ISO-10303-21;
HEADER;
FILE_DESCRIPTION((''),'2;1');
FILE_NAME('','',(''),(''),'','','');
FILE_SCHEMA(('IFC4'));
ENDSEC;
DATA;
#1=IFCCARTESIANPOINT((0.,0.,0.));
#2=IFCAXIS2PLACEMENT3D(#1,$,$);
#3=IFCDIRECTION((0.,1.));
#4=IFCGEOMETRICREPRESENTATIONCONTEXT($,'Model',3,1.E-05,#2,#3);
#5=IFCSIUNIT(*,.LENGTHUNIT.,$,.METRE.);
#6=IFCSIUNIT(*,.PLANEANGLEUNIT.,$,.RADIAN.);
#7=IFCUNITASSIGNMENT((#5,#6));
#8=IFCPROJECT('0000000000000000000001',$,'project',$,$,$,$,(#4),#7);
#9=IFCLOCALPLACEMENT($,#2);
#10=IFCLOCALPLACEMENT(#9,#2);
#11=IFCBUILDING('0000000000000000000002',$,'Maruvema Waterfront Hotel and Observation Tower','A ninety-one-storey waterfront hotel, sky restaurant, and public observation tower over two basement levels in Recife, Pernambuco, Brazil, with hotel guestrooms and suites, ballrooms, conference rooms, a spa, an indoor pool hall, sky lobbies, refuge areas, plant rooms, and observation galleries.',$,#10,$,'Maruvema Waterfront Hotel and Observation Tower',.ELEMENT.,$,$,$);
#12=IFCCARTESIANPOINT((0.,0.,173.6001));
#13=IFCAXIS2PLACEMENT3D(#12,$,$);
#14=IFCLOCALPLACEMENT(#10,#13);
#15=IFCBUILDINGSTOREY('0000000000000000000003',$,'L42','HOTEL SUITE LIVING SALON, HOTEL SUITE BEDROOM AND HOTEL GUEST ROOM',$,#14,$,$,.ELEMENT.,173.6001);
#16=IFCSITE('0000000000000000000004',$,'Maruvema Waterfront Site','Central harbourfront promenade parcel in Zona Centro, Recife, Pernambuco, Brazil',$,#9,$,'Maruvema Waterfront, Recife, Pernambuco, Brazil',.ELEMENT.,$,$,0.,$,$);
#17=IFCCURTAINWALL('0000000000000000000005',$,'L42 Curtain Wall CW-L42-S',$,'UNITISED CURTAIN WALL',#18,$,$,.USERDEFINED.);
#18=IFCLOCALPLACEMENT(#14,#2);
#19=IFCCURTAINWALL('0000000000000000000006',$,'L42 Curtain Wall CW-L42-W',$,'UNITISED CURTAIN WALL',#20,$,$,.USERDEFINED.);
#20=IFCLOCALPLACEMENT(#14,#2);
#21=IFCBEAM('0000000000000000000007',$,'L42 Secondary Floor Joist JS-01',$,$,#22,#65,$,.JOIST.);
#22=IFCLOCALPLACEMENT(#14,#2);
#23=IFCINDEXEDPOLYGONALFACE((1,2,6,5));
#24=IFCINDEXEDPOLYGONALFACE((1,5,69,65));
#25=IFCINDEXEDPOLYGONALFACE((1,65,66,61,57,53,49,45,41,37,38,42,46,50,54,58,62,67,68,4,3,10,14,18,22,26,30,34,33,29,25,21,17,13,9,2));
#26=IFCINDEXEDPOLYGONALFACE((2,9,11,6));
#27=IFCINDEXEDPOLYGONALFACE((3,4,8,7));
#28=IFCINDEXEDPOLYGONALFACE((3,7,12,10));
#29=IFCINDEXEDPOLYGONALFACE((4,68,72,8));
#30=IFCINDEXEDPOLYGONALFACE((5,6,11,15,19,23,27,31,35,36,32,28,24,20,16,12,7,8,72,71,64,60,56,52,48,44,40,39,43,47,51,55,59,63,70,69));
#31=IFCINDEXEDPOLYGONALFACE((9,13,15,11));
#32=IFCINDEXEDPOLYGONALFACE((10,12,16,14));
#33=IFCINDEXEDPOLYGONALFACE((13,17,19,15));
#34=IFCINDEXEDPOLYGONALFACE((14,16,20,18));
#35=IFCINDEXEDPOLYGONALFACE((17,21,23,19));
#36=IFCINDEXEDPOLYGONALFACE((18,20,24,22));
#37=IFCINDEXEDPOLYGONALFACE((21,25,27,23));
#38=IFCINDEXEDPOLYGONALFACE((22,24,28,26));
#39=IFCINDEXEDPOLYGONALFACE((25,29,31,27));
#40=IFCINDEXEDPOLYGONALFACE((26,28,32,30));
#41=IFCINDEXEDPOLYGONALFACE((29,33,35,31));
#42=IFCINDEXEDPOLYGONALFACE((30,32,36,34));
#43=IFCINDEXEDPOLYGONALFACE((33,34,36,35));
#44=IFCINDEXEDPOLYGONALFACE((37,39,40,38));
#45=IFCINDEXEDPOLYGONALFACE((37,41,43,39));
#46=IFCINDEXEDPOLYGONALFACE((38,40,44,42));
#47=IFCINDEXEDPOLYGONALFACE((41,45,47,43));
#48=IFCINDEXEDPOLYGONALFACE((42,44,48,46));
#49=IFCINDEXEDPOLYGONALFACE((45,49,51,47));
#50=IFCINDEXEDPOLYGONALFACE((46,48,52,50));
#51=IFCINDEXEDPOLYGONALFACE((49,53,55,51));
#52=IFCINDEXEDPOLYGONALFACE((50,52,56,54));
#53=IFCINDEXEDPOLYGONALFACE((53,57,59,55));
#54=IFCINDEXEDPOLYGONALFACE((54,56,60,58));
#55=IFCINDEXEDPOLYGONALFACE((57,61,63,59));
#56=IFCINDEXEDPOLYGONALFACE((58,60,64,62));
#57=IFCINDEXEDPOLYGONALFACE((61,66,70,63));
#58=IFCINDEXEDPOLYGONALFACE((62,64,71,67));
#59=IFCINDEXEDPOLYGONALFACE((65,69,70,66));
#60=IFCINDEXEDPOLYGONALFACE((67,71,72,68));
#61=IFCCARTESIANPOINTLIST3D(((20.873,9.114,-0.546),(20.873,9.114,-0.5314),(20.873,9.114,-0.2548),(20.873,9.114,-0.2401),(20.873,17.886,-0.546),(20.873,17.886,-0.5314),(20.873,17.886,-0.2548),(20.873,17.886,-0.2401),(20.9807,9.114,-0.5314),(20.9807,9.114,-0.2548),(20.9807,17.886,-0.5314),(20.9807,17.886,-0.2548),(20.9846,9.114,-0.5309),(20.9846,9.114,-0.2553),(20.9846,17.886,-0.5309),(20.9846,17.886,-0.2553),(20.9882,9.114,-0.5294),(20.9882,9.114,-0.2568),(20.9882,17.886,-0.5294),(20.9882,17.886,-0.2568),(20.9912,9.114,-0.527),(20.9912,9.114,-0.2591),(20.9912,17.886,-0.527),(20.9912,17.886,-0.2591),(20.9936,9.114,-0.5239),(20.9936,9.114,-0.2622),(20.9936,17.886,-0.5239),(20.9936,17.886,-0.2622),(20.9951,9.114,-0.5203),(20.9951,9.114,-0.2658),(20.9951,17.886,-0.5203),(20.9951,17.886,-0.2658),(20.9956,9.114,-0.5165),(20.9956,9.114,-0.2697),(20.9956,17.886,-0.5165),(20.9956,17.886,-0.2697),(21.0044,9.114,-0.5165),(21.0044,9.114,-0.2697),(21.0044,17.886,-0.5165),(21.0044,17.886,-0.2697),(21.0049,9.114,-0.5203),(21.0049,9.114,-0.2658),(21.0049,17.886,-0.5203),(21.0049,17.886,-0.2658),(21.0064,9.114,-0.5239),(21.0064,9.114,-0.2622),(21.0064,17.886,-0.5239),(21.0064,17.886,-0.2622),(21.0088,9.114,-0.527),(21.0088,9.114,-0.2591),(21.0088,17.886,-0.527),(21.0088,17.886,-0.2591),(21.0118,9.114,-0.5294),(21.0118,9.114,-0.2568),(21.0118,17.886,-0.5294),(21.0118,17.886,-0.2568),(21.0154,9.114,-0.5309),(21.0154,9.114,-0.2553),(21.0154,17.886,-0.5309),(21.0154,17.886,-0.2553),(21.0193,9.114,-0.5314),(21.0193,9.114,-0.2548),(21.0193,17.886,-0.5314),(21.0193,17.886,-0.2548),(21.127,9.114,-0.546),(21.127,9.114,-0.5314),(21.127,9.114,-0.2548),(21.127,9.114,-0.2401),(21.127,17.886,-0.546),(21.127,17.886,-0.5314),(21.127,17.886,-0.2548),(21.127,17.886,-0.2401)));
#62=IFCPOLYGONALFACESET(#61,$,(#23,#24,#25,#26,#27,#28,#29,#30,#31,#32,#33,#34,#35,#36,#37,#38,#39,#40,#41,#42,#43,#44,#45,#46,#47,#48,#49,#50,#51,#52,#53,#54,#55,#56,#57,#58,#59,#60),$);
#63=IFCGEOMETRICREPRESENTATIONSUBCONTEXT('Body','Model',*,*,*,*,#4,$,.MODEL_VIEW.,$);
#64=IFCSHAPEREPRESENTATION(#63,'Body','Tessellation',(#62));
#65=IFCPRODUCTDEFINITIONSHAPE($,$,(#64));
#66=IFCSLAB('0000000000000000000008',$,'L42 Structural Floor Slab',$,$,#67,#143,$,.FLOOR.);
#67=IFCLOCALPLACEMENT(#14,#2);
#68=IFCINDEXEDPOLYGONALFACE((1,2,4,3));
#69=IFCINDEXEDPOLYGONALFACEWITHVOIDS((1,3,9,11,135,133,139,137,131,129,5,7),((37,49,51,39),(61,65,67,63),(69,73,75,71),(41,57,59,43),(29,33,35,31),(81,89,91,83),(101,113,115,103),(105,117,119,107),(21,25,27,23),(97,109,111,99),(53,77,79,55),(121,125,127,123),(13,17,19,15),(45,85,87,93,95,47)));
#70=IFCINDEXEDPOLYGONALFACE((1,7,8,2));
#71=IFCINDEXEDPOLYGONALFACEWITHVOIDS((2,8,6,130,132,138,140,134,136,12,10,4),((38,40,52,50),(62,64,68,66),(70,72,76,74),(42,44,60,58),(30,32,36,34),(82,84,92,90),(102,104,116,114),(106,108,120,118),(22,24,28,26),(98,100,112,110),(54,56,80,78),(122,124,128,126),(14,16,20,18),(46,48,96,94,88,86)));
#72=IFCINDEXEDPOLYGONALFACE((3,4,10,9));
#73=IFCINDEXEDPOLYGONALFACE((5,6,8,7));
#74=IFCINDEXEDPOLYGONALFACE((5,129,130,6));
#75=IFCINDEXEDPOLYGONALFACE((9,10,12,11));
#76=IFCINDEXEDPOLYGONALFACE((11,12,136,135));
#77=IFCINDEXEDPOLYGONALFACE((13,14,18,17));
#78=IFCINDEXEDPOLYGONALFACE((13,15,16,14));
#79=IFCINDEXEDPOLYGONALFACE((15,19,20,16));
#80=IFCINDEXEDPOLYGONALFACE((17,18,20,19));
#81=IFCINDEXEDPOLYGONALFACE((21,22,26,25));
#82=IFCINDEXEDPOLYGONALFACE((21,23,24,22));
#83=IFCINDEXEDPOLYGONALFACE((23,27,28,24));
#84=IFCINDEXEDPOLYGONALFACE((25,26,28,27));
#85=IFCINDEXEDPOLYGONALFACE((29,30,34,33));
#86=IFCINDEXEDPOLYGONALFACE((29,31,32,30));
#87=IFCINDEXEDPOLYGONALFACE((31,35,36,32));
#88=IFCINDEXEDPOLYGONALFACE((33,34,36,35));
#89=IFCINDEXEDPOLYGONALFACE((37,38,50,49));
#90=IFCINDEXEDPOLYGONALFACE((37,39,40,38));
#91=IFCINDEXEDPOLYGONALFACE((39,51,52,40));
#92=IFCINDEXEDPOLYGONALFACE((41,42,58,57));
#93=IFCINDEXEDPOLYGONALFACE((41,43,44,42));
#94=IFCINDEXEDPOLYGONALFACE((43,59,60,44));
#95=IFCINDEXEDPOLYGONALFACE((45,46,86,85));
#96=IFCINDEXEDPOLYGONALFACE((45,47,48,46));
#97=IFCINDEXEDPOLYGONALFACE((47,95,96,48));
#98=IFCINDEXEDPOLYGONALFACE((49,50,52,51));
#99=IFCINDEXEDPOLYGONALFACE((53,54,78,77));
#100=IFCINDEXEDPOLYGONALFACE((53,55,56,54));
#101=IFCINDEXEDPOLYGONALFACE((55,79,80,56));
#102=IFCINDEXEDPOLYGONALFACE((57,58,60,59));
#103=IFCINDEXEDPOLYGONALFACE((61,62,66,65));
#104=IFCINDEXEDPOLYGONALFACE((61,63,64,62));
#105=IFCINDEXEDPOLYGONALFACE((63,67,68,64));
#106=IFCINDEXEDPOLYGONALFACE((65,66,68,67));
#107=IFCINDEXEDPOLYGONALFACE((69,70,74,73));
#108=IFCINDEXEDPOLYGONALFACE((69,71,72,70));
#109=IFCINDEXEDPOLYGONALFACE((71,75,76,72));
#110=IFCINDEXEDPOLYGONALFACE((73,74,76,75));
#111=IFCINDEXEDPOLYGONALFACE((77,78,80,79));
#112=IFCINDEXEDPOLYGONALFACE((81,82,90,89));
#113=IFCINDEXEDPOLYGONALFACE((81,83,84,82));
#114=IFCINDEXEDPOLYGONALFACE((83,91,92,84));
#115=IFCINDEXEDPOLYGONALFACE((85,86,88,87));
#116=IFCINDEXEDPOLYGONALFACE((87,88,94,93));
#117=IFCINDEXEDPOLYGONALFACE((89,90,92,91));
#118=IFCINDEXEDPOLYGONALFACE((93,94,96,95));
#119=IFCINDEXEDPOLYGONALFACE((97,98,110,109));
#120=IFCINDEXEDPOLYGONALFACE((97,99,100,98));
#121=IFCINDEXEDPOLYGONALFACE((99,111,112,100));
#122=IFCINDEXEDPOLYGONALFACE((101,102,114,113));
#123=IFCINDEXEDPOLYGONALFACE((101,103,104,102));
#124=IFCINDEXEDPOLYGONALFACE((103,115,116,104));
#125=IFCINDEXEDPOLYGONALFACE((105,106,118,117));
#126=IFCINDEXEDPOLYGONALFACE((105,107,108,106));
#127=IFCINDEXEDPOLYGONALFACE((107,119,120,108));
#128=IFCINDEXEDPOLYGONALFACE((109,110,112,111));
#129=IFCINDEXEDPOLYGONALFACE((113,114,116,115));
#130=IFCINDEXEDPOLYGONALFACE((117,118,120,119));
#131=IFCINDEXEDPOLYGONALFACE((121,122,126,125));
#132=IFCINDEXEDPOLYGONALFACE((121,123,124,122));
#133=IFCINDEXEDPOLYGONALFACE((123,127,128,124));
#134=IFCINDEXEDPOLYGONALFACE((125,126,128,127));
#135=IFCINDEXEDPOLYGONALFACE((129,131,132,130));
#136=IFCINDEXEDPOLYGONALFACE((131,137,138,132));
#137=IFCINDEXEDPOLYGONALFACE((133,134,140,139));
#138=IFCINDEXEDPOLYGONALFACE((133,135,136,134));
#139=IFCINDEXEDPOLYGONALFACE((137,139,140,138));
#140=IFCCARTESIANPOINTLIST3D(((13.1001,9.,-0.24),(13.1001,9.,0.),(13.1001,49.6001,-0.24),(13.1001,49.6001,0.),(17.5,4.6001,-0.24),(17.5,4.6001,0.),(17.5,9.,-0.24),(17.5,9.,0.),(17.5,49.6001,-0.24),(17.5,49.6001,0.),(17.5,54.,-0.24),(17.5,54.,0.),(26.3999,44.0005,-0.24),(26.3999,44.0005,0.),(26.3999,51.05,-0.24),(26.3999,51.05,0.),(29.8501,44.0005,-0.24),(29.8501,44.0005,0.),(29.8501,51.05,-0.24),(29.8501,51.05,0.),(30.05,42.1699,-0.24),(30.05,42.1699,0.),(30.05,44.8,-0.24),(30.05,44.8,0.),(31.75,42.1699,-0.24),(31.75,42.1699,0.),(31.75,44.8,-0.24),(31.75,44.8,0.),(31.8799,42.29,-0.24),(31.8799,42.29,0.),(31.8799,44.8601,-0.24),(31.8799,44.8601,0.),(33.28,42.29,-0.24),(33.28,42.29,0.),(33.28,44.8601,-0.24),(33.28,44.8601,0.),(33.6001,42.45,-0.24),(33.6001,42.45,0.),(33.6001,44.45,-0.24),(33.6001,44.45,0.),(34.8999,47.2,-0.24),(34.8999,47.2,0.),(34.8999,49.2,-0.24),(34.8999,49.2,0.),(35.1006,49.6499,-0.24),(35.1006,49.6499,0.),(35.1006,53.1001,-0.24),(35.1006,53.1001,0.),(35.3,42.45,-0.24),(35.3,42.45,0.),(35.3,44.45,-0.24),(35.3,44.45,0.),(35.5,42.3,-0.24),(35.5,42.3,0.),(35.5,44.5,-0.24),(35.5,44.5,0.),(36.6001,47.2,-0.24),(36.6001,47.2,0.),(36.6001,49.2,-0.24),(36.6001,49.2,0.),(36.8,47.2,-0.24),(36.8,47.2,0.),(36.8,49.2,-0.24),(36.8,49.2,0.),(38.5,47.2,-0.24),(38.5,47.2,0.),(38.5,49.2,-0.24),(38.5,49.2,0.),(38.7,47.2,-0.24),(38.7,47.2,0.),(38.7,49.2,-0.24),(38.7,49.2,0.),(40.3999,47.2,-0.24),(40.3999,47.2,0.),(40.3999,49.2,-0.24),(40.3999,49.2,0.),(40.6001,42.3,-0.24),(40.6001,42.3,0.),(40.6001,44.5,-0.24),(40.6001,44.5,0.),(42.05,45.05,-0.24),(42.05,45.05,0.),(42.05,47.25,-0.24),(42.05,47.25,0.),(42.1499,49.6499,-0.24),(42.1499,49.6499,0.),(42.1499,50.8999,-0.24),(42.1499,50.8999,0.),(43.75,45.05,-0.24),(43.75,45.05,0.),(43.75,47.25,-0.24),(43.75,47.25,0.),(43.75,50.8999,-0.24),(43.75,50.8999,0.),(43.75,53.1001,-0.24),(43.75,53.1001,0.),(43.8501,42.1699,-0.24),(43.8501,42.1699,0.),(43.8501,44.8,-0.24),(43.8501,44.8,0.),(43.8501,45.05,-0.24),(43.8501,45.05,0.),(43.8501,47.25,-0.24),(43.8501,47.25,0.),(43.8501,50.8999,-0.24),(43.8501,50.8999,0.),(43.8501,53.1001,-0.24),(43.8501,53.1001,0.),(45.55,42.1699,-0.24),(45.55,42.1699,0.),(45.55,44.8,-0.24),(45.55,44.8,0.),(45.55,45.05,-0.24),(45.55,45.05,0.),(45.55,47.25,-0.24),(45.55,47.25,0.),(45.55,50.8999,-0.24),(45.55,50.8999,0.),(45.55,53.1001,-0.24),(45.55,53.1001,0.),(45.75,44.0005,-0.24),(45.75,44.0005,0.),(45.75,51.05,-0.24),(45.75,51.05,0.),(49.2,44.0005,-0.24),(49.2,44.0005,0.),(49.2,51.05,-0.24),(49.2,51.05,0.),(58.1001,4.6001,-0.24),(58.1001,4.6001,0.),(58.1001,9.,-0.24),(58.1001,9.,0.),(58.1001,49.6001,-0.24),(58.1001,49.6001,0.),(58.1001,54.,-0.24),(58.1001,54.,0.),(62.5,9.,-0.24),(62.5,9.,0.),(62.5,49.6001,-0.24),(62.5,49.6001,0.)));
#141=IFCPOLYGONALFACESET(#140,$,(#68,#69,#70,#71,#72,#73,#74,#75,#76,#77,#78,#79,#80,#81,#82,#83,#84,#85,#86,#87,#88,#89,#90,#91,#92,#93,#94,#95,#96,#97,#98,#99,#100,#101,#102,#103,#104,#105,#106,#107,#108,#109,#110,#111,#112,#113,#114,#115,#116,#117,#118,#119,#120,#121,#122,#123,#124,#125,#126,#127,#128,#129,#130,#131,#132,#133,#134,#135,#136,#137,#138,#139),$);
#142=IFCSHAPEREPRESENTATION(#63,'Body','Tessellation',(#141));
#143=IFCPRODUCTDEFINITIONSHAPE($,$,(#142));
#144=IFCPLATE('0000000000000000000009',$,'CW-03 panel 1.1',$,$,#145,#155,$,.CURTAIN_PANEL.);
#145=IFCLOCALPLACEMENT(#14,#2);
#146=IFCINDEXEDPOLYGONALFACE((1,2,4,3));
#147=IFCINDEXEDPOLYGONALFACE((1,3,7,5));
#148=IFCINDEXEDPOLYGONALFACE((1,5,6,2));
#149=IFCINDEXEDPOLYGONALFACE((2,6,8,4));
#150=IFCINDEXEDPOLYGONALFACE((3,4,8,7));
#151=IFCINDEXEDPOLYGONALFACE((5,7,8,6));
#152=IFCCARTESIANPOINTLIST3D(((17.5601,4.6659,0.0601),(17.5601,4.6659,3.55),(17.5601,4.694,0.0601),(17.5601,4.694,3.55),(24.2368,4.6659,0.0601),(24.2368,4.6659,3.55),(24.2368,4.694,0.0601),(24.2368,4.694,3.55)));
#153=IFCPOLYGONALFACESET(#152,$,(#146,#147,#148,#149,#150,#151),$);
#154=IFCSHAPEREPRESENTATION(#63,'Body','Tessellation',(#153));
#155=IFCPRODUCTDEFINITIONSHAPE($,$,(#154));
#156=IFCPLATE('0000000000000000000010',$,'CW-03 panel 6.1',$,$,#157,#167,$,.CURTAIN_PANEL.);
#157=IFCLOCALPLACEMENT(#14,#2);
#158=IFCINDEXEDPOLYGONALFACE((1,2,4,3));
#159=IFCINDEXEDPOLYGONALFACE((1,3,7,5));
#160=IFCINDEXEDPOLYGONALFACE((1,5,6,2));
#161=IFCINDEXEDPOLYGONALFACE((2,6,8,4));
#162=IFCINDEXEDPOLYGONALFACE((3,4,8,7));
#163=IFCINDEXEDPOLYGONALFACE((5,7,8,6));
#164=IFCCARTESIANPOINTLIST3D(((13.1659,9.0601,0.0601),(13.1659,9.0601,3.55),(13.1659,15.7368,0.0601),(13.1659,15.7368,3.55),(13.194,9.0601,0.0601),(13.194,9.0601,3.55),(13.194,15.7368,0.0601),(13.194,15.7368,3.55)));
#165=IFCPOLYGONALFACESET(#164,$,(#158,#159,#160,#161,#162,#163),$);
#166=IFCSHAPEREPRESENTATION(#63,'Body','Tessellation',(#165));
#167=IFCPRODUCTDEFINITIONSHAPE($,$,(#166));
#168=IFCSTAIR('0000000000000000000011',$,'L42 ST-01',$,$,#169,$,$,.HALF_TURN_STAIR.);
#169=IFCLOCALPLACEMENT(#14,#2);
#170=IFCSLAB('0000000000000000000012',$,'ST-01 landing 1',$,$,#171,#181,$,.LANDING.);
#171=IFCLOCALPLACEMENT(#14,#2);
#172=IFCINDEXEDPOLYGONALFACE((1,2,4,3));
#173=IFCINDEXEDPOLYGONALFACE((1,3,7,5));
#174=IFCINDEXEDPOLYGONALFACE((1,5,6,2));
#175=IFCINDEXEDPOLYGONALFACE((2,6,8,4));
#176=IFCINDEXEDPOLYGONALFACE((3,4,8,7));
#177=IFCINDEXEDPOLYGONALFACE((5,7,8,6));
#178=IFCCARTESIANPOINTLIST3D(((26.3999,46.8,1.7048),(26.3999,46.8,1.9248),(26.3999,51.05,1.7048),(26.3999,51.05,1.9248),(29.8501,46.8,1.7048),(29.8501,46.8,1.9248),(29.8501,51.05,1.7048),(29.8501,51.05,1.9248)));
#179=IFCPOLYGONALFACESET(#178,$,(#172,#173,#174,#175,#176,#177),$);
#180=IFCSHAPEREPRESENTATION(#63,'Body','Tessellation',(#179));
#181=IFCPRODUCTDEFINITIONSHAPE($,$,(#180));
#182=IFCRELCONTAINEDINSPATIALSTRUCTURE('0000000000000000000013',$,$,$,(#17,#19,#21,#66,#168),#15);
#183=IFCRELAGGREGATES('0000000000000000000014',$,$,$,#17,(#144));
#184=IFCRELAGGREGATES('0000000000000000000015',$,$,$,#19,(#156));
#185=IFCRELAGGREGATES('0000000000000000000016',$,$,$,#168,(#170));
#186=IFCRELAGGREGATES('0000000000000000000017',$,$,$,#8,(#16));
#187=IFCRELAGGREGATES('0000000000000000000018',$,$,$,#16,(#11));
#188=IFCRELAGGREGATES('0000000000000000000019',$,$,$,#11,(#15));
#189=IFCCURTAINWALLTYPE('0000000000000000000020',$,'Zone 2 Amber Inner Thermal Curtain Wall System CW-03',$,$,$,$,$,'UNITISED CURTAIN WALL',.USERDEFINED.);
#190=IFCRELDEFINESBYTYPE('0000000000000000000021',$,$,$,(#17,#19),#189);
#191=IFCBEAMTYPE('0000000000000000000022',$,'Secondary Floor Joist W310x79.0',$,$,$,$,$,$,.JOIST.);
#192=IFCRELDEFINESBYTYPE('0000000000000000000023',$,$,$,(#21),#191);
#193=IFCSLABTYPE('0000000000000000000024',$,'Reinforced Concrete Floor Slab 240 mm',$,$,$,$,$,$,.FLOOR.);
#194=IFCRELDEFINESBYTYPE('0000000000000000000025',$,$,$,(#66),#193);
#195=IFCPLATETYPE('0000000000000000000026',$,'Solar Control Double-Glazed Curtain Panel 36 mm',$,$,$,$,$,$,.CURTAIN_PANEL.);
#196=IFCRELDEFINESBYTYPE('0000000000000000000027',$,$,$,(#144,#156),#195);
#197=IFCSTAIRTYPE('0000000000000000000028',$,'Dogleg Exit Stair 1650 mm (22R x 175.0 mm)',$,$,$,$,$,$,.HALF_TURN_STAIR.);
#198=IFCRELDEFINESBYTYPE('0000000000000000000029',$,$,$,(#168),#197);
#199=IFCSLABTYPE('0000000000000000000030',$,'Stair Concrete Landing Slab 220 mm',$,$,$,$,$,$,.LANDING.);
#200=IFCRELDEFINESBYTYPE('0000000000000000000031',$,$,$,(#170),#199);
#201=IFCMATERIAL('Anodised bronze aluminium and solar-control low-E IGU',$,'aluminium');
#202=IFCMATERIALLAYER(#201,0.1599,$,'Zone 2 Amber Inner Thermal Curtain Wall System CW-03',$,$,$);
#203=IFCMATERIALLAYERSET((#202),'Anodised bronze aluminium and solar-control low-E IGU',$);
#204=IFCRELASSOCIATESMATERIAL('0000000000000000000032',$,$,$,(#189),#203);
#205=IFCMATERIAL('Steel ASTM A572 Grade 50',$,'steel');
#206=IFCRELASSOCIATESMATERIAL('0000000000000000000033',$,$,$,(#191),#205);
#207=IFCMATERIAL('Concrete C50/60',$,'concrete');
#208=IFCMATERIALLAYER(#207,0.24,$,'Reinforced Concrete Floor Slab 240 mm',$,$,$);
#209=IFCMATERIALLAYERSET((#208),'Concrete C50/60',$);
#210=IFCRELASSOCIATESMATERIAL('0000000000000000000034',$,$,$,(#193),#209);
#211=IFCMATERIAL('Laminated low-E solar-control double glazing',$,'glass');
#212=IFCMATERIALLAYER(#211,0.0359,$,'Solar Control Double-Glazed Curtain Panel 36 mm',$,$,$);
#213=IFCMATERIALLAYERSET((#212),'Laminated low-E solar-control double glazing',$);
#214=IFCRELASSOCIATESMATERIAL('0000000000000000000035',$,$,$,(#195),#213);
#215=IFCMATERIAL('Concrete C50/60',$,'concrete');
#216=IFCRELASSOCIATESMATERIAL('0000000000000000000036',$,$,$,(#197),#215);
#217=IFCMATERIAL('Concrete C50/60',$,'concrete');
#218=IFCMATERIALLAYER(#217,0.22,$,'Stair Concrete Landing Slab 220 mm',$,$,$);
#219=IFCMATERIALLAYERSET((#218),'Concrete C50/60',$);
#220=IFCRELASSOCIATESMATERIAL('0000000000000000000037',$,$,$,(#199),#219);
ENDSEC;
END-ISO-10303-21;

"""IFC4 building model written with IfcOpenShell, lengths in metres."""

from ifc_helpers import new_model, si_unit, direction, frame, origin, origin_2d, place, context, subcontext, project, spatial, polyline, rectangle, i_section, outline, extrude, material, layer, layer_set, material_profile, profile_set, type_object, element, aggregate, save


model = new_model("IFC4")

# Units and contexts
model_context = context("Model", 3, precision=1e-05, world=origin(), true_north=direction((0.0, 1.0)))
body_context = subcontext(model_context, "Body", "Model", "MODEL_VIEW")
ifc_project = project(units=[si_unit("LENGTHUNIT", "METRE"), si_unit("PLANEANGLEUNIT", "RADIAN")], contexts=[model_context])

# Site, building, storey
site_placement = place(None, origin())
site = spatial("IfcSite", under=ifc_project, at=site_placement, Name="Maruvema Waterfront Site", Description="Central harbourfront promenade parcel in Zona Centro, Recife, Pernambuco, Brazil", LongName="Maruvema Waterfront, Recife, Pernambuco, Brazil", CompositionType="ELEMENT", RefElevation=0.0)
building_placement = place(site_placement, origin())
building = spatial("IfcBuilding", under=site, at=building_placement, Name="Maruvema Waterfront Hotel and Observation Tower", Description="A ninety-one-storey waterfront hotel, sky restaurant, and public observation tower over two basement levels in Recife, Pernambuco, Brazil, with hotel guestrooms and suites, ballrooms, conference rooms, a spa, an indoor pool hall, sky lobbies, refuge areas, plant rooms, and observation galleries.", LongName="Maruvema Waterfront Hotel and Observation Tower", CompositionType="ELEMENT")
storey_placement = place(building_placement, frame((0.0, 0.0, 173.6001)))
storey = spatial("IfcBuildingStorey", under=building, at=storey_placement, Name="L42", Description="HOTEL SUITE LIVING SALON, HOTEL SUITE BEDROOM AND HOTEL GUEST ROOM", CompositionType="ELEMENT", Elevation=173.6001)

# Curtain walls
ifc_material_1 = material(Name="Anodised bronze aluminium and solar-control low-E IGU", Category="aluminium")
ifc_layer_1 = layer(ifc_material_1, 0.1599, Name="Zone 2 Amber Inner Thermal Curtain Wall System CW-03")
ifc_layer_set_1 = layer_set([ifc_layer_1], Name="Anodised bronze aluminium and solar-control low-E IGU")
curtain_wall_type = type_object("IfcCurtainWallType", Name="Zone 2 Amber Inner Thermal Curtain Wall System CW-03", ElementType="UNITISED CURTAIN WALL", PredefinedType="USERDEFINED", material=ifc_layer_set_1)
curtain_wall_1_placement = place(storey_placement, origin())
curtain_wall_1 = element("IfcCurtainWall", 1, at=curtain_wall_1_placement, inside=storey, type_object=curtain_wall_type, Name="L42 Curtain Wall CW-L42-S", ObjectType="UNITISED CURTAIN WALL", PredefinedType="USERDEFINED")
curtain_wall_2_placement = place(storey_placement, origin())
curtain_wall_2 = element("IfcCurtainWall", 2, at=curtain_wall_2_placement, inside=storey, type_object=curtain_wall_type, Name="L42 Curtain Wall CW-L42-W", ObjectType="UNITISED CURTAIN WALL", PredefinedType="USERDEFINED")

# Beam
ifc_material_2 = material(Name="Steel ASTM A572 Grade 50", Category="steel")
ifc_material_profile_1 = material_profile(ifc_material_2, i_section(OverallWidth=0.2539, OverallDepth=0.3059, WebThickness=0.0088, FlangeThickness=0.0146, FilletRadius=0.0149, at=origin_2d()), Name="W310x79.0")
ifc_profile_set_1 = profile_set([ifc_material_profile_1], Name="Steel ASTM A572 Grade 50")
beam_type_1 = type_object("IfcBeamType", Name="Secondary Floor Joist W310x79.0", PredefinedType="JOIST", material=ifc_profile_set_1)
beam_1_placement = place(storey_placement, frame((21.0, 9.114, -0.3931), z_axis=(0.0, 1.0, 0.0), x_axis=(-1.0, 0.0, 0.0)))
element("IfcBeam", 3, at=beam_1_placement, inside=storey, type_object=beam_type_1, Name="L42 Secondary Floor Joist JS-01", PredefinedType="JOIST", context=body_context, shape_type="SweptSolid", body=[
    extrude(i_section(OverallWidth=0.2539, OverallDepth=0.3059, WebThickness=0.0088, FlangeThickness=0.0146, FilletRadius=0.0149, at=origin_2d()), origin(), (0.0, 0.0, 1.0), 8.772),
])

# Slab
ifc_material_3 = material(Name="Concrete C50/60", Category="concrete")
ifc_layer_2 = layer(ifc_material_3, 0.24, Name="Reinforced Concrete Floor Slab 240 mm")
ifc_layer_set_2 = layer_set([ifc_layer_2], Name="Concrete C50/60")
slab_type_1 = type_object("IfcSlabType", Name="Reinforced Concrete Floor Slab 240 mm", PredefinedType="FLOOR", material=ifc_layer_set_2)
slab_1_placement = place(storey_placement, frame((0.0, 0.0, -0.24)))
element("IfcSlab", 4, at=slab_1_placement, inside=storey, type_object=slab_type_1, Name="L42 Structural Floor Slab", PredefinedType="FLOOR", context=body_context, shape_type="SweptSolid", body=[
    extrude(outline(polyline([(17.5, 4.6001), (58.1001, 4.6001), (58.1001, 9.0), (62.5, 9.0), (62.5, 49.6001), (58.1001, 49.6001), (58.1001, 54.0), (17.5, 54.0), (17.5, 49.6001), (13.1001, 49.6001), (13.1001, 9.0), (17.5, 9.0), (17.5, 4.6001)]), holes=[polyline([(26.3999, 44.0005), (26.3999, 51.05), (29.8501, 51.05), (29.8501, 44.0005), (26.3999, 44.0005)]), polyline([(30.05, 44.8), (31.75, 44.8), (31.75, 42.1699), (30.05, 42.1699), (30.05, 44.8)]), polyline([(31.8799, 44.8601), (33.28, 44.8601), (33.28, 42.29), (31.8799, 42.29), (31.8799, 44.8601)]), polyline([(33.6001, 44.45), (35.3, 44.45), (35.3, 42.45), (33.6001, 42.45), (33.6001, 44.45)]), polyline([(34.8999, 49.2), (36.6001, 49.2), (36.6001, 47.2), (34.8999, 47.2), (34.8999, 49.2)]), polyline([(36.8, 49.2), (38.5, 49.2), (38.5, 47.2), (36.8, 47.2), (36.8, 49.2)]), polyline([(35.5, 42.3), (35.5, 44.5), (40.6001, 44.5), (40.6001, 42.3), (35.5, 42.3)]), polyline([(35.1006, 53.1001), (43.75, 53.1001), (43.75, 50.8999), (42.1499, 50.8999), (42.1499, 49.6499), (35.1006, 49.6499), (35.1006, 53.1001)]), polyline([(38.7, 49.2), (40.3999, 49.2), (40.3999, 47.2), (38.7, 47.2), (38.7, 49.2)]), polyline([(42.05, 47.25), (43.75, 47.25), (43.75, 45.05), (42.05, 45.05), (42.05, 47.25)]), polyline([(43.8501, 44.8), (45.55, 44.8), (45.55, 42.1699), (43.8501, 42.1699), (43.8501, 44.8)]), polyline([(43.8501, 47.25), (45.55, 47.25), (45.55, 45.05), (43.8501, 45.05), (43.8501, 47.25)]), polyline([(45.55, 53.1001), (45.55, 50.8999), (43.8501, 50.8999), (43.8501, 53.1001), (45.55, 53.1001)]), polyline([(45.75, 44.0005), (45.75, 51.05), (49.2, 51.05), (49.2, 44.0005), (45.75, 44.0005)])]), origin(), (0.0, 0.0, 1.0), 0.24),
])

# Plates
ifc_material_4 = material(Name="Laminated low-E solar-control double glazing", Category="glass")
ifc_layer_3 = layer(ifc_material_4, 0.0359, Name="Solar Control Double-Glazed Curtain Panel 36 mm")
ifc_layer_set_3 = layer_set([ifc_layer_3], Name="Laminated low-E solar-control double glazing")
plate_type = type_object("IfcPlateType", Name="Solar Control Double-Glazed Curtain Panel 36 mm", PredefinedType="CURTAIN_PANEL", material=ifc_layer_set_3)
plate_1_placement = place(storey_placement, frame((20.8984, 4.6799, 0.0601), z_axis=(0.0, 0.0, 1.0), x_axis=(1.0, 0.0, 0.0)))
plate_1 = element("IfcPlate", 5, at=plate_1_placement, type_object=plate_type, Name="CW-03 panel 1.1", PredefinedType="CURTAIN_PANEL", context=body_context, shape_type="SweptSolid", body=[
    extrude(rectangle(XDim=6.6768, YDim=0.0281, at=origin_2d()), origin(), (0.0, 0.0, 1.0), 3.49),
])
aggregate(curtain_wall_1, [plate_1])
plate_2_placement = place(storey_placement, frame((13.1799, 12.3984, 0.0601), z_axis=(0.0, 0.0, 1.0), x_axis=(0.0, -1.0, 0.0)))
plate_2 = element("IfcPlate", 6, at=plate_2_placement, type_object=plate_type, Name="CW-03 panel 6.1", PredefinedType="CURTAIN_PANEL", context=body_context, shape_type="SweptSolid", body=[
    extrude(rectangle(XDim=6.6768, YDim=0.0281, at=origin_2d()), origin(), (0.0, 0.0, 1.0), 3.49),
])
aggregate(curtain_wall_2, [plate_2])

# Stair, slab
ifc_material_5 = material(Name="Concrete C50/60", Category="concrete")
stair_type = type_object("IfcStairType", Name="Dogleg Exit Stair 1650 mm (22R x 175.0 mm)", PredefinedType="HALF_TURN_STAIR", material=ifc_material_5)
stair_1_placement = place(storey_placement, origin())
stair_1 = element("IfcStair", 7, at=stair_1_placement, inside=storey, type_object=stair_type, Name="L42 ST-01", PredefinedType="HALF_TURN_STAIR")
ifc_material_6 = material(Name="Concrete C50/60", Category="concrete")
ifc_layer_4 = layer(ifc_material_6, 0.22, Name="Stair Concrete Landing Slab 220 mm")
ifc_layer_set_4 = layer_set([ifc_layer_4], Name="Concrete C50/60")
slab_type_2 = type_object("IfcSlabType", Name="Stair Concrete Landing Slab 220 mm", PredefinedType="LANDING", material=ifc_layer_set_4)
slab_2_placement = place(storey_placement, frame((0.0, 0.0, 1.7048)))
slab_2 = element("IfcSlab", 8, at=slab_2_placement, type_object=slab_type_2, Name="ST-01 landing 1", PredefinedType="LANDING", context=body_context, shape_type="SweptSolid", body=[
    extrude(outline(polyline([(29.8501, 46.8), (29.8501, 51.05), (26.3999, 51.05), (26.3999, 46.8), (29.8501, 46.8)])), origin(), (0.0, 0.0, 1.0), 0.22),
])
aggregate(stair_1, [slab_2])

save(model, "model.ifc")
